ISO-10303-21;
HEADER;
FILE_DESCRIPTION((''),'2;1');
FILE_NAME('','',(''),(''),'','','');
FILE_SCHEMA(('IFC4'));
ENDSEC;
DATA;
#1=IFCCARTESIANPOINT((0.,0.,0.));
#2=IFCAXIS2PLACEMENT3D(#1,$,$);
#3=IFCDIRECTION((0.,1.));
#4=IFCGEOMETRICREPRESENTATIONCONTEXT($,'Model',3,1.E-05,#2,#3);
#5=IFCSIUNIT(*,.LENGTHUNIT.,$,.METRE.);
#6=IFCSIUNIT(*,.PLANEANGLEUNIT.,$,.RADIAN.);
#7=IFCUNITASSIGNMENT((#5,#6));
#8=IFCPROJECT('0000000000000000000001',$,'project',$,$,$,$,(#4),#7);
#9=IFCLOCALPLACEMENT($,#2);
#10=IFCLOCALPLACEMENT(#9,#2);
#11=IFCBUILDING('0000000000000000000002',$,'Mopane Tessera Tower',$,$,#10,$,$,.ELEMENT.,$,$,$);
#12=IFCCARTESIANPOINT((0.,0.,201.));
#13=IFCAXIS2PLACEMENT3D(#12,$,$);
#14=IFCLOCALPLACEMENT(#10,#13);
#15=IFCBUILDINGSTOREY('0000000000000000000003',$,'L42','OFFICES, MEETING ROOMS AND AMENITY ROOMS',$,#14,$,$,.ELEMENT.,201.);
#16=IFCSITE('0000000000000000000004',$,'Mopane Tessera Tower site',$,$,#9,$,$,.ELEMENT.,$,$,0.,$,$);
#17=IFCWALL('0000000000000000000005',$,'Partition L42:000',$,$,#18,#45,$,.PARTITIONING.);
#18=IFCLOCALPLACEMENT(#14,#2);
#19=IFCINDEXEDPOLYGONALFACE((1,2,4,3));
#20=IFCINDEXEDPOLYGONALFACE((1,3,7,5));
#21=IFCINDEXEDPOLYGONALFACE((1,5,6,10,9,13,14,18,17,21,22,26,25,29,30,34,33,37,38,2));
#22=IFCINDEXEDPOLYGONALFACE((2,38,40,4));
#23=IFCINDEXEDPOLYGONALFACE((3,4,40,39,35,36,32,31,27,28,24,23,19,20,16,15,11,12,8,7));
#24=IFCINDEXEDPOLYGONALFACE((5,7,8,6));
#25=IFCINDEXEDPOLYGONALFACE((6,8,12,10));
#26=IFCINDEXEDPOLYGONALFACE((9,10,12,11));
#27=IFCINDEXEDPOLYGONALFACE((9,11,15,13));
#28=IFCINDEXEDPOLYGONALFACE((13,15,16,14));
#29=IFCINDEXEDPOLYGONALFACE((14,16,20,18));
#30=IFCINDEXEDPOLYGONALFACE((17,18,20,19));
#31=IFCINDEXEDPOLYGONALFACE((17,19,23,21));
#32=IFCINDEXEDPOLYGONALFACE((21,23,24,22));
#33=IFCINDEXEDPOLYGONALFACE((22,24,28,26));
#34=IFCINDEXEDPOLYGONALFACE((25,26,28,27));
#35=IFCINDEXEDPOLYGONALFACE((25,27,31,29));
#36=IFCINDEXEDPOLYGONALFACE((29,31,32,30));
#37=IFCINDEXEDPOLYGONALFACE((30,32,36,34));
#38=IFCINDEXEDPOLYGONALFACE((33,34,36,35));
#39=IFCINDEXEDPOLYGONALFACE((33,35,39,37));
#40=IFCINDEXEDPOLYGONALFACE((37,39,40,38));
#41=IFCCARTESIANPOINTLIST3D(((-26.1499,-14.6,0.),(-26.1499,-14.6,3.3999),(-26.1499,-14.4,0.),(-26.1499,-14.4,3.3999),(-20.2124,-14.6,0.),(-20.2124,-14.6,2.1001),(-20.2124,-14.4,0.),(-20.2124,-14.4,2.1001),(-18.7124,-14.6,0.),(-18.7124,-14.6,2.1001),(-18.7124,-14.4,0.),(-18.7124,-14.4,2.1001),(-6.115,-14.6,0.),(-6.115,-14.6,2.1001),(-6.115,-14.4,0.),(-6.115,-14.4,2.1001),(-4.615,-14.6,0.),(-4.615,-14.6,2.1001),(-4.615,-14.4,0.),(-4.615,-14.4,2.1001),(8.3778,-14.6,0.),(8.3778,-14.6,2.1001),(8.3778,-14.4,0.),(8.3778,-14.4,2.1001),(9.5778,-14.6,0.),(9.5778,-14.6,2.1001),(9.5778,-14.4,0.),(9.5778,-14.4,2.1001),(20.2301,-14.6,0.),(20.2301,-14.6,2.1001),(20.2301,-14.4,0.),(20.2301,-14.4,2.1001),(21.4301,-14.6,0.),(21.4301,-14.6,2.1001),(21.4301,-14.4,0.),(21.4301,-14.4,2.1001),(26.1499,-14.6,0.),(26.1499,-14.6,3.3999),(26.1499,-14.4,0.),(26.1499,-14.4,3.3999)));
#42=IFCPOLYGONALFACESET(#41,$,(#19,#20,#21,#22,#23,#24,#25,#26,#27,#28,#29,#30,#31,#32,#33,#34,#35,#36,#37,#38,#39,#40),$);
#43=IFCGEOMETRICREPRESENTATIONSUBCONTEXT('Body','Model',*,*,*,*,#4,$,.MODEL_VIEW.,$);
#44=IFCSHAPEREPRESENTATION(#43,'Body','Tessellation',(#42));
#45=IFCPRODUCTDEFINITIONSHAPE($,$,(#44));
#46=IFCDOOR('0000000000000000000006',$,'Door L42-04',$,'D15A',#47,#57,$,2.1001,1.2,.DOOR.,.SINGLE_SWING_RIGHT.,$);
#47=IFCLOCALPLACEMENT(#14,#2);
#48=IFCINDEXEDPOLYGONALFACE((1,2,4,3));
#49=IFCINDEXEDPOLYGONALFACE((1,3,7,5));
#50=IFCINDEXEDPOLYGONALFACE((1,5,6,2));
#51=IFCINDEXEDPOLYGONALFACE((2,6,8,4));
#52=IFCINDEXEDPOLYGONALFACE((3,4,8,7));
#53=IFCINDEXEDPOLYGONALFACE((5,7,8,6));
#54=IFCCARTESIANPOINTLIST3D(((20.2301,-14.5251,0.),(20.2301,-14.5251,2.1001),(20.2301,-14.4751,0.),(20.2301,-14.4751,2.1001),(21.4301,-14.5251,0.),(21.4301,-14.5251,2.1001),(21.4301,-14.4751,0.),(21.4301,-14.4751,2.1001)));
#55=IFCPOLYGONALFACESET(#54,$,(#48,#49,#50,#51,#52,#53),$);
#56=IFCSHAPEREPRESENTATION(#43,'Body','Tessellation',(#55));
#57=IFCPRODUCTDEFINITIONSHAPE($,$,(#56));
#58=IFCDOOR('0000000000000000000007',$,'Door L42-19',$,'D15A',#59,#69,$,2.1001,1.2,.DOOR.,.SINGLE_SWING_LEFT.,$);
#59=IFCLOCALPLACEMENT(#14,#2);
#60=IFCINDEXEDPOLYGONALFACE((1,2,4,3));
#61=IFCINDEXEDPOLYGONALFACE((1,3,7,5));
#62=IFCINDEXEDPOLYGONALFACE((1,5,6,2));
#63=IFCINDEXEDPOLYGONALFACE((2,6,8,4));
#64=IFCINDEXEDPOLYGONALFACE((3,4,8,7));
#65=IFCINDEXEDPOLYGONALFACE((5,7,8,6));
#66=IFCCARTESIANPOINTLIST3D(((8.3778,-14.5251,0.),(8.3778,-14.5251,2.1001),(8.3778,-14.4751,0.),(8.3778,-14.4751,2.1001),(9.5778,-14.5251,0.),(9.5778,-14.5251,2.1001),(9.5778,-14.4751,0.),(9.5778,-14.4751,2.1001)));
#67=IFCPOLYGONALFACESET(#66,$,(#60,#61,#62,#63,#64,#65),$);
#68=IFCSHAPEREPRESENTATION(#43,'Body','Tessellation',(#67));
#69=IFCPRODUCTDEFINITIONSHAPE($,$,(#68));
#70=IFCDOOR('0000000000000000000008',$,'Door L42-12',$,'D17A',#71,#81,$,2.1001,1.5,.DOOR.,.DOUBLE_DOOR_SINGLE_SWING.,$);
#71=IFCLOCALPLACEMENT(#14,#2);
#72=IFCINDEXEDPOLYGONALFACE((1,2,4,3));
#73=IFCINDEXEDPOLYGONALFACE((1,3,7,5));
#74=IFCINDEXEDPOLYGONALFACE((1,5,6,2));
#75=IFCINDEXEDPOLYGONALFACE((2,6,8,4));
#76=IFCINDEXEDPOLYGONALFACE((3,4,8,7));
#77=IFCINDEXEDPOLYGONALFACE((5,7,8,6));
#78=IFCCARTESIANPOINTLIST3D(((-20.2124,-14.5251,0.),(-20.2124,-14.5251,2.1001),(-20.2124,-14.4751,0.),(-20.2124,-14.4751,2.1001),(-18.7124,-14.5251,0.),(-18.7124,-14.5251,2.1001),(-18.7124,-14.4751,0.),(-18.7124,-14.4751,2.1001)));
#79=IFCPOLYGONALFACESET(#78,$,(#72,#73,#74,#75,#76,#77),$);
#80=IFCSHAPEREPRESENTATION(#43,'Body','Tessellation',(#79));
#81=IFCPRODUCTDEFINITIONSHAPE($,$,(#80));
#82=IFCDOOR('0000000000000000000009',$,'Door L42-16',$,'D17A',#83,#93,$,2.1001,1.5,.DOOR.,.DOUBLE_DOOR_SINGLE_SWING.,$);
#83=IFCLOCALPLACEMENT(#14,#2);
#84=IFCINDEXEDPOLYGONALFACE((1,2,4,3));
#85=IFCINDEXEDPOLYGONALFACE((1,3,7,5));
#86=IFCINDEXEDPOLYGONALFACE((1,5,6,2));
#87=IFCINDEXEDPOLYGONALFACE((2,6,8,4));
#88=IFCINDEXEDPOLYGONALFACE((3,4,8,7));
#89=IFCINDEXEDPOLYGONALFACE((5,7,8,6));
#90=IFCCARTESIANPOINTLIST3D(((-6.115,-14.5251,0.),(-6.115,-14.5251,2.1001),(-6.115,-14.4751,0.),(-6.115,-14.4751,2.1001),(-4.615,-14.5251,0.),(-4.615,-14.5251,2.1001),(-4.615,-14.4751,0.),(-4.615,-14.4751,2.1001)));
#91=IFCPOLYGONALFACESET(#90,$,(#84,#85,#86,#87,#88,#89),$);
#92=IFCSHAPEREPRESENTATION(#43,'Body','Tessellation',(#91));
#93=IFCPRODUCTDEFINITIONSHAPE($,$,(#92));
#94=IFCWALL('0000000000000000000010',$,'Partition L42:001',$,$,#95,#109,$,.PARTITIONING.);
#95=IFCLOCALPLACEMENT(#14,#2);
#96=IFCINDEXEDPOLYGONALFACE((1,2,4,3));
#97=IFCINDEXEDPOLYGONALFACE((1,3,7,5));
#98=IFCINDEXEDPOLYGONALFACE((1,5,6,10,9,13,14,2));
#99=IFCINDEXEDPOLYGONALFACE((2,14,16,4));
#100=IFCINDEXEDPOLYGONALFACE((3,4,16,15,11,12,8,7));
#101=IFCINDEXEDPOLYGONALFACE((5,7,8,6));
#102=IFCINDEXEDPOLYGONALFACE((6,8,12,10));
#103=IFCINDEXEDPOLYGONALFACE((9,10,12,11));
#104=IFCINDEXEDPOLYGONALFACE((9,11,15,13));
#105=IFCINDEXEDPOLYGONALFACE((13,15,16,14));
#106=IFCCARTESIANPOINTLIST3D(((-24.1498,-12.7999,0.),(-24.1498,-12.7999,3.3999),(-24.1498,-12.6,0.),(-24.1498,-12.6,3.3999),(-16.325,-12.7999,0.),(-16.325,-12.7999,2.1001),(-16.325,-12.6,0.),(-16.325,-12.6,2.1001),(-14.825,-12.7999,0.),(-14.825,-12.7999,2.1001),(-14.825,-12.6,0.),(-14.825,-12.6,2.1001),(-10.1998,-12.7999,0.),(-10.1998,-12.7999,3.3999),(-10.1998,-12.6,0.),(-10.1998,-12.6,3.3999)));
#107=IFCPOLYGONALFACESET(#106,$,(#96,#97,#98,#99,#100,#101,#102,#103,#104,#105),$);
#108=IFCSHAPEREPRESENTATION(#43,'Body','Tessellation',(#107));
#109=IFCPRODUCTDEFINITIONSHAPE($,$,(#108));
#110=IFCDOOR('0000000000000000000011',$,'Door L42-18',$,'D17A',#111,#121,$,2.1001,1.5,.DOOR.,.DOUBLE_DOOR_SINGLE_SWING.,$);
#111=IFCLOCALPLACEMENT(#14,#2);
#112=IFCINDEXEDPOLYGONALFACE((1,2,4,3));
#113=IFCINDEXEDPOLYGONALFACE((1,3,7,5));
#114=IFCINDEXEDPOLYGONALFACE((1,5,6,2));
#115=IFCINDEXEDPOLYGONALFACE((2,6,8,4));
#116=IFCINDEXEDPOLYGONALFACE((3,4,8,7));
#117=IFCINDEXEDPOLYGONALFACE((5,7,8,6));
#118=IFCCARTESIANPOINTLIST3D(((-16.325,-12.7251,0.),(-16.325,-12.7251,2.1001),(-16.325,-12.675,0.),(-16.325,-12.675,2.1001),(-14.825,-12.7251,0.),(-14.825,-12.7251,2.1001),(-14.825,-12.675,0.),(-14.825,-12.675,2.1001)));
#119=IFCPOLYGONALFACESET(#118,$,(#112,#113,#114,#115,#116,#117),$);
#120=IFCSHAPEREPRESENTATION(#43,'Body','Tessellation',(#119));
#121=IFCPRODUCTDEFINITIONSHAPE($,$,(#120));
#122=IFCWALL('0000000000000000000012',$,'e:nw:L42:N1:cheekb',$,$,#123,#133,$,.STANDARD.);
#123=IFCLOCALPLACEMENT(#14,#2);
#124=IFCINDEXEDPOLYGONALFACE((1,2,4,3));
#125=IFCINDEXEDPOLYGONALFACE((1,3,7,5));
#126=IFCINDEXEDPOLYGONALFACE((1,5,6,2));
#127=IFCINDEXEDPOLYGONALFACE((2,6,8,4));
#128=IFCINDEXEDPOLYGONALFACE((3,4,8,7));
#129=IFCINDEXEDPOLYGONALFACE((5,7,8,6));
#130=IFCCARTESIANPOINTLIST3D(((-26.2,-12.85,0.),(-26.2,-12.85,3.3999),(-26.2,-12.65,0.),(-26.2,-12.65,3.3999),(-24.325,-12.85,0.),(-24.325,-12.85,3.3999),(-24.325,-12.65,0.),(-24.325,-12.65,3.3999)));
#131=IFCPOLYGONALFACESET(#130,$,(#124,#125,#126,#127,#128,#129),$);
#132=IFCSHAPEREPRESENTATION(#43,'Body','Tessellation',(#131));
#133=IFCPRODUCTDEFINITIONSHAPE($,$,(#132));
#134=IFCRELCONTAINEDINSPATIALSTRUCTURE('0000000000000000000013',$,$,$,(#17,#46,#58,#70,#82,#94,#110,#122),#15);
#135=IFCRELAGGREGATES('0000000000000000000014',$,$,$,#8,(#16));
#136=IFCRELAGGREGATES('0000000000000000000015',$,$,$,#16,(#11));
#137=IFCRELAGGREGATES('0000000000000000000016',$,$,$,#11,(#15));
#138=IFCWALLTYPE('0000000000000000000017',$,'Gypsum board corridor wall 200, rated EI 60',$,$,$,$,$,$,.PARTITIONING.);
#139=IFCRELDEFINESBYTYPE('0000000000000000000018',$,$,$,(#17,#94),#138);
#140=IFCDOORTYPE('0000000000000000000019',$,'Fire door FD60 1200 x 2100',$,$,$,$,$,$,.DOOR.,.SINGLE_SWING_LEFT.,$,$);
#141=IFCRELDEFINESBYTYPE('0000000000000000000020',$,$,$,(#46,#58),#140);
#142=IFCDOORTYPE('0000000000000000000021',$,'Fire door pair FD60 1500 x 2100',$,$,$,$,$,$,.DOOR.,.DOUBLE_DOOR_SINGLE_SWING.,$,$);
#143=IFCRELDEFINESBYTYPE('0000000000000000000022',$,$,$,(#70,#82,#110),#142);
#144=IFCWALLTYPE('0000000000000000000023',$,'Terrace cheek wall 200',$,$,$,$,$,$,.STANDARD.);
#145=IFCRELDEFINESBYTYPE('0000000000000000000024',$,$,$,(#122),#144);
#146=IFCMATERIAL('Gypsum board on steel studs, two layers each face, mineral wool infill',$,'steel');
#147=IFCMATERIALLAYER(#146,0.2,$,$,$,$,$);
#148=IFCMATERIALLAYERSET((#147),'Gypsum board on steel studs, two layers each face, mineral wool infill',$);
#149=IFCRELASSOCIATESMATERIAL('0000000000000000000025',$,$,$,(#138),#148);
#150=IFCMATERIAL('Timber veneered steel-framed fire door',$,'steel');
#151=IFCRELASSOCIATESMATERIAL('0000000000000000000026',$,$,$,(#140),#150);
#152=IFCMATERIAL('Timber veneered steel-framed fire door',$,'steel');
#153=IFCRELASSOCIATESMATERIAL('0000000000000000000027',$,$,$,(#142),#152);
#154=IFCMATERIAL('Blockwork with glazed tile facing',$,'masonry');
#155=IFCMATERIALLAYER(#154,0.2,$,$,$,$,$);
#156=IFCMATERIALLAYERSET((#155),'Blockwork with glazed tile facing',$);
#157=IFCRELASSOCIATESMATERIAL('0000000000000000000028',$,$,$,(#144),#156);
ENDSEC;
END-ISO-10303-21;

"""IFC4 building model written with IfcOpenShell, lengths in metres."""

from ifc_helpers import new_model, si_unit, direction, frame, frame_2d, origin, place, context, subcontext, project, spatial, rectangle, extrude, material, layer, layer_set, type_object, element, fill, save


model = new_model("IFC4")

# Units and contexts
model_context = context("Model", 3, precision=1e-05, world=origin(), true_north=direction((0.0, 1.0)))
body_context = subcontext(model_context, "Body", "Model", "MODEL_VIEW")
ifc_project = project(units=[si_unit("LENGTHUNIT", "METRE"), si_unit("PLANEANGLEUNIT", "RADIAN")], contexts=[model_context])

# Site, building, storey
site_placement = place(None, origin())
site = spatial("IfcSite", under=ifc_project, at=site_placement, Name="Mopane Tessera Tower site", CompositionType="ELEMENT", RefElevation=0.0)
building_placement = place(site_placement, origin())
building = spatial("IfcBuilding", under=site, at=building_placement, Name="Mopane Tessera Tower", CompositionType="ELEMENT")
storey_placement = place(building_placement, frame((0.0, 0.0, 201.0)))
storey = spatial("IfcBuildingStorey", under=building, at=storey_placement, Name="L42", Description="OFFICES, MEETING ROOMS AND AMENITY ROOMS", CompositionType="ELEMENT", Elevation=201.0)

# Wall, openings, doors
ifc_material_1 = material(Name="Gypsum board on steel studs, two layers each face, mineral wool infill", Category="steel")
ifc_layer_1 = layer(ifc_material_1, 0.2)
ifc_layer_set_1 = layer_set([ifc_layer_1], Name="Gypsum board on steel studs, two layers each face, mineral wool infill")
wall_type_1 = type_object("IfcWallType", Name="Gypsum board corridor wall 200, rated EI 60", PredefinedType="PARTITIONING", material=ifc_layer_set_1)
wall_1_placement = place(storey_placement, frame((-26.1499, -14.5, 0.0), z_axis=(0.0, 0.0, 1.0), x_axis=(1.0, 0.0, 0.0)))
wall_1 = element("IfcWall", 1, at=wall_1_placement, inside=storey, type_object=wall_type_1, Name="Partition L42:000", PredefinedType="PARTITIONING", context=body_context, shape_type="SweptSolid", body=[
    extrude(rectangle(XDim=52.2998, YDim=0.2, at=frame_2d((26.1499, 0.0))), origin(), (0.0, 0.0, 1.0), 3.3999),
])
opening_1_placement = place(wall_1_placement, frame((46.3799, 0.0, 0.0)))
opening_1 = element("IfcOpeningElement", 2, at=opening_1_placement, cuts=wall_1, PredefinedType="OPENING", context=body_context, shape_type="SweptSolid", body=[
    extrude(rectangle(XDim=1.2, YDim=2.1001, at=frame_2d((0.6001, 1.05))), frame((0.0, 0.1121, 0.0), z_axis=(0.0, -1.0, 0.0), x_axis=(1.0, 0.0, 0.0)), (0.0, 0.0, 1.0), 0.2239),
])
opening_2_placement = place(wall_1_placement, frame((5.9375, 0.0, 0.0)))
opening_2 = element("IfcOpeningElement", 3, at=opening_2_placement, cuts=wall_1, PredefinedType="OPENING", context=body_context, shape_type="SweptSolid", body=[
    extrude(rectangle(XDim=1.5, YDim=2.1001, at=frame_2d((0.75, 1.05))), frame((0.0, 0.1121, 0.0), z_axis=(0.0, -1.0, 0.0), x_axis=(1.0, 0.0, 0.0)), (0.0, 0.0, 1.0), 0.2239),
])
opening_3_placement = place(wall_1_placement, frame((20.0349, 0.0, 0.0)))
opening_3 = element("IfcOpeningElement", 4, at=opening_3_placement, cuts=wall_1, PredefinedType="OPENING", context=body_context, shape_type="SweptSolid", body=[
    extrude(rectangle(XDim=1.5, YDim=2.1001, at=frame_2d((0.75, 1.05))), frame((0.0, 0.1121, 0.0), z_axis=(0.0, -1.0, 0.0), x_axis=(1.0, 0.0, 0.0)), (0.0, 0.0, 1.0), 0.2239),
])
opening_4_placement = place(wall_1_placement, frame((34.5276, 0.0, 0.0)))
opening_4 = element("IfcOpeningElement", 5, at=opening_4_placement, cuts=wall_1, PredefinedType="OPENING", context=body_context, shape_type="SweptSolid", body=[
    extrude(rectangle(XDim=1.2, YDim=2.1001, at=frame_2d((0.6001, 1.05))), frame((0.0, 0.1121, 0.0), z_axis=(0.0, -1.0, 0.0), x_axis=(1.0, 0.0, 0.0)), (0.0, 0.0, 1.0), 0.2239),
])
ifc_material_2 = material(Name="Timber veneered steel-framed fire door", Category="steel")
door_type_1 = type_object("IfcDoorType", Name="Fire door FD60 1200 x 2100", OperationType="SINGLE_SWING_LEFT", PredefinedType="DOOR", material=ifc_material_2)
door_1_placement = place(opening_1_placement, origin())
door_1 = element("IfcDoor", 6, at=door_1_placement, inside=storey, type_object=door_type_1, Name="Door L42-04", ObjectType="D15A", OperationType="SINGLE_SWING_RIGHT", OverallHeight=2.1001, OverallWidth=1.2, PredefinedType="DOOR", context=body_context, shape_type="SweptSolid", body=[
    extrude(rectangle(XDim=1.2, YDim=2.1001, at=frame_2d((0.6001, 1.05))), frame((0.0, 0.0249, 0.0), z_axis=(0.0, -1.0, 0.0), x_axis=(1.0, 0.0, 0.0)), (0.0, 0.0, 1.0), 0.05),
])
fill(opening_1, door_1)
door_2_placement = place(opening_4_placement, origin())
door_2 = element("IfcDoor", 7, at=door_2_placement, inside=storey, type_object=door_type_1, Name="Door L42-19", ObjectType="D15A", OperationType="SINGLE_SWING_LEFT", OverallHeight=2.1001, OverallWidth=1.2, PredefinedType="DOOR", context=body_context, shape_type="SweptSolid", body=[
    extrude(rectangle(XDim=1.2, YDim=2.1001, at=frame_2d((0.6001, 1.05))), frame((0.0, 0.0249, 0.0), z_axis=(0.0, -1.0, 0.0), x_axis=(1.0, 0.0, 0.0)), (0.0, 0.0, 1.0), 0.05),
])
fill(opening_4, door_2)
ifc_material_3 = material(Name="Timber veneered steel-framed fire door", Category="steel")
door_type_2 = type_object("IfcDoorType", Name="Fire door pair FD60 1500 x 2100", OperationType="DOUBLE_DOOR_SINGLE_SWING", PredefinedType="DOOR", material=ifc_material_3)
door_3_placement = place(opening_2_placement, origin())
door_3 = element("IfcDoor", 8, at=door_3_placement, inside=storey, type_object=door_type_2, Name="Door L42-12", ObjectType="D17A", OperationType="DOUBLE_DOOR_SINGLE_SWING", OverallHeight=2.1001, OverallWidth=1.5, PredefinedType="DOOR", context=body_context, shape_type="SweptSolid", body=[
    extrude(rectangle(XDim=1.5, YDim=2.1001, at=frame_2d((0.75, 1.05))), frame((0.0, 0.0249, 0.0), z_axis=(0.0, -1.0, 0.0), x_axis=(1.0, 0.0, 0.0)), (0.0, 0.0, 1.0), 0.05),
])
fill(opening_2, door_3)
door_4_placement = place(opening_3_placement, origin())
door_4 = element("IfcDoor", 9, at=door_4_placement, inside=storey, type_object=door_type_2, Name="Door L42-16", ObjectType="D17A", OperationType="DOUBLE_DOOR_SINGLE_SWING", OverallHeight=2.1001, OverallWidth=1.5, PredefinedType="DOOR", context=body_context, shape_type="SweptSolid", body=[
    extrude(rectangle(XDim=1.5, YDim=2.1001, at=frame_2d((0.75, 1.05))), frame((0.0, 0.0249, 0.0), z_axis=(0.0, -1.0, 0.0), x_axis=(1.0, 0.0, 0.0)), (0.0, 0.0, 1.0), 0.05),
])
fill(opening_3, door_4)

# Wall, opening, door
wall_2_placement = place(storey_placement, frame((-24.1499, -12.7, 0.0), z_axis=(0.0, 0.0, 1.0), x_axis=(1.0, 0.0, 0.0)))
wall_2 = element("IfcWall", 10, at=wall_2_placement, inside=storey, type_object=wall_type_1, Name="Partition L42:001", PredefinedType="PARTITIONING", context=body_context, shape_type="SweptSolid", body=[
    extrude(rectangle(XDim=13.95, YDim=0.2, at=frame_2d((6.9751, 0.0))), origin(), (0.0, 0.0, 1.0), 3.3999),
])
opening_5_placement = place(wall_2_placement, frame((7.825, 0.0, 0.0)))
opening_5 = element("IfcOpeningElement", 11, at=opening_5_placement, cuts=wall_2, PredefinedType="OPENING", context=body_context, shape_type="SweptSolid", body=[
    extrude(rectangle(XDim=1.5, YDim=2.1001, at=frame_2d((0.75, 1.05))), frame((0.0, 0.1121, 0.0), z_axis=(0.0, -1.0, 0.0), x_axis=(1.0, 0.0, 0.0)), (0.0, 0.0, 1.0), 0.2239),
])
door_5_placement = place(opening_5_placement, origin())
door_5 = element("IfcDoor", 12, at=door_5_placement, inside=storey, type_object=door_type_2, Name="Door L42-18", ObjectType="D17A", OperationType="DOUBLE_DOOR_SINGLE_SWING", OverallHeight=2.1001, OverallWidth=1.5, PredefinedType="DOOR", context=body_context, shape_type="SweptSolid", body=[
    extrude(rectangle(XDim=1.5, YDim=2.1001, at=frame_2d((0.75, 1.05))), frame((0.0, 0.0249, 0.0), z_axis=(0.0, -1.0, 0.0), x_axis=(1.0, 0.0, 0.0)), (0.0, 0.0, 1.0), 0.05),
])
fill(opening_5, door_5)

# Wall
ifc_material_4 = material(Name="Blockwork with glazed tile facing", Category="masonry")
ifc_layer_2 = layer(ifc_material_4, 0.2)
ifc_layer_set_2 = layer_set([ifc_layer_2], Name="Blockwork with glazed tile facing")
wall_type_2 = type_object("IfcWallType", Name="Terrace cheek wall 200", PredefinedType="STANDARD", material=ifc_layer_set_2)
wall_3_placement = place(storey_placement, frame((-26.2, -12.75, 0.0), z_axis=(0.0, 0.0, 1.0), x_axis=(1.0, 0.0, 0.0)))
element("IfcWall", 13, at=wall_3_placement, inside=storey, type_object=wall_type_2, Name="e:nw:L42:N1:cheekb", PredefinedType="STANDARD", context=body_context, shape_type="SweptSolid", body=[
    extrude(rectangle(XDim=1.875, YDim=0.2, at=frame_2d((0.9375, 0.0))), origin(), (0.0, 0.0, 1.0), 3.3999),
])

save(model, "model.ifc")
